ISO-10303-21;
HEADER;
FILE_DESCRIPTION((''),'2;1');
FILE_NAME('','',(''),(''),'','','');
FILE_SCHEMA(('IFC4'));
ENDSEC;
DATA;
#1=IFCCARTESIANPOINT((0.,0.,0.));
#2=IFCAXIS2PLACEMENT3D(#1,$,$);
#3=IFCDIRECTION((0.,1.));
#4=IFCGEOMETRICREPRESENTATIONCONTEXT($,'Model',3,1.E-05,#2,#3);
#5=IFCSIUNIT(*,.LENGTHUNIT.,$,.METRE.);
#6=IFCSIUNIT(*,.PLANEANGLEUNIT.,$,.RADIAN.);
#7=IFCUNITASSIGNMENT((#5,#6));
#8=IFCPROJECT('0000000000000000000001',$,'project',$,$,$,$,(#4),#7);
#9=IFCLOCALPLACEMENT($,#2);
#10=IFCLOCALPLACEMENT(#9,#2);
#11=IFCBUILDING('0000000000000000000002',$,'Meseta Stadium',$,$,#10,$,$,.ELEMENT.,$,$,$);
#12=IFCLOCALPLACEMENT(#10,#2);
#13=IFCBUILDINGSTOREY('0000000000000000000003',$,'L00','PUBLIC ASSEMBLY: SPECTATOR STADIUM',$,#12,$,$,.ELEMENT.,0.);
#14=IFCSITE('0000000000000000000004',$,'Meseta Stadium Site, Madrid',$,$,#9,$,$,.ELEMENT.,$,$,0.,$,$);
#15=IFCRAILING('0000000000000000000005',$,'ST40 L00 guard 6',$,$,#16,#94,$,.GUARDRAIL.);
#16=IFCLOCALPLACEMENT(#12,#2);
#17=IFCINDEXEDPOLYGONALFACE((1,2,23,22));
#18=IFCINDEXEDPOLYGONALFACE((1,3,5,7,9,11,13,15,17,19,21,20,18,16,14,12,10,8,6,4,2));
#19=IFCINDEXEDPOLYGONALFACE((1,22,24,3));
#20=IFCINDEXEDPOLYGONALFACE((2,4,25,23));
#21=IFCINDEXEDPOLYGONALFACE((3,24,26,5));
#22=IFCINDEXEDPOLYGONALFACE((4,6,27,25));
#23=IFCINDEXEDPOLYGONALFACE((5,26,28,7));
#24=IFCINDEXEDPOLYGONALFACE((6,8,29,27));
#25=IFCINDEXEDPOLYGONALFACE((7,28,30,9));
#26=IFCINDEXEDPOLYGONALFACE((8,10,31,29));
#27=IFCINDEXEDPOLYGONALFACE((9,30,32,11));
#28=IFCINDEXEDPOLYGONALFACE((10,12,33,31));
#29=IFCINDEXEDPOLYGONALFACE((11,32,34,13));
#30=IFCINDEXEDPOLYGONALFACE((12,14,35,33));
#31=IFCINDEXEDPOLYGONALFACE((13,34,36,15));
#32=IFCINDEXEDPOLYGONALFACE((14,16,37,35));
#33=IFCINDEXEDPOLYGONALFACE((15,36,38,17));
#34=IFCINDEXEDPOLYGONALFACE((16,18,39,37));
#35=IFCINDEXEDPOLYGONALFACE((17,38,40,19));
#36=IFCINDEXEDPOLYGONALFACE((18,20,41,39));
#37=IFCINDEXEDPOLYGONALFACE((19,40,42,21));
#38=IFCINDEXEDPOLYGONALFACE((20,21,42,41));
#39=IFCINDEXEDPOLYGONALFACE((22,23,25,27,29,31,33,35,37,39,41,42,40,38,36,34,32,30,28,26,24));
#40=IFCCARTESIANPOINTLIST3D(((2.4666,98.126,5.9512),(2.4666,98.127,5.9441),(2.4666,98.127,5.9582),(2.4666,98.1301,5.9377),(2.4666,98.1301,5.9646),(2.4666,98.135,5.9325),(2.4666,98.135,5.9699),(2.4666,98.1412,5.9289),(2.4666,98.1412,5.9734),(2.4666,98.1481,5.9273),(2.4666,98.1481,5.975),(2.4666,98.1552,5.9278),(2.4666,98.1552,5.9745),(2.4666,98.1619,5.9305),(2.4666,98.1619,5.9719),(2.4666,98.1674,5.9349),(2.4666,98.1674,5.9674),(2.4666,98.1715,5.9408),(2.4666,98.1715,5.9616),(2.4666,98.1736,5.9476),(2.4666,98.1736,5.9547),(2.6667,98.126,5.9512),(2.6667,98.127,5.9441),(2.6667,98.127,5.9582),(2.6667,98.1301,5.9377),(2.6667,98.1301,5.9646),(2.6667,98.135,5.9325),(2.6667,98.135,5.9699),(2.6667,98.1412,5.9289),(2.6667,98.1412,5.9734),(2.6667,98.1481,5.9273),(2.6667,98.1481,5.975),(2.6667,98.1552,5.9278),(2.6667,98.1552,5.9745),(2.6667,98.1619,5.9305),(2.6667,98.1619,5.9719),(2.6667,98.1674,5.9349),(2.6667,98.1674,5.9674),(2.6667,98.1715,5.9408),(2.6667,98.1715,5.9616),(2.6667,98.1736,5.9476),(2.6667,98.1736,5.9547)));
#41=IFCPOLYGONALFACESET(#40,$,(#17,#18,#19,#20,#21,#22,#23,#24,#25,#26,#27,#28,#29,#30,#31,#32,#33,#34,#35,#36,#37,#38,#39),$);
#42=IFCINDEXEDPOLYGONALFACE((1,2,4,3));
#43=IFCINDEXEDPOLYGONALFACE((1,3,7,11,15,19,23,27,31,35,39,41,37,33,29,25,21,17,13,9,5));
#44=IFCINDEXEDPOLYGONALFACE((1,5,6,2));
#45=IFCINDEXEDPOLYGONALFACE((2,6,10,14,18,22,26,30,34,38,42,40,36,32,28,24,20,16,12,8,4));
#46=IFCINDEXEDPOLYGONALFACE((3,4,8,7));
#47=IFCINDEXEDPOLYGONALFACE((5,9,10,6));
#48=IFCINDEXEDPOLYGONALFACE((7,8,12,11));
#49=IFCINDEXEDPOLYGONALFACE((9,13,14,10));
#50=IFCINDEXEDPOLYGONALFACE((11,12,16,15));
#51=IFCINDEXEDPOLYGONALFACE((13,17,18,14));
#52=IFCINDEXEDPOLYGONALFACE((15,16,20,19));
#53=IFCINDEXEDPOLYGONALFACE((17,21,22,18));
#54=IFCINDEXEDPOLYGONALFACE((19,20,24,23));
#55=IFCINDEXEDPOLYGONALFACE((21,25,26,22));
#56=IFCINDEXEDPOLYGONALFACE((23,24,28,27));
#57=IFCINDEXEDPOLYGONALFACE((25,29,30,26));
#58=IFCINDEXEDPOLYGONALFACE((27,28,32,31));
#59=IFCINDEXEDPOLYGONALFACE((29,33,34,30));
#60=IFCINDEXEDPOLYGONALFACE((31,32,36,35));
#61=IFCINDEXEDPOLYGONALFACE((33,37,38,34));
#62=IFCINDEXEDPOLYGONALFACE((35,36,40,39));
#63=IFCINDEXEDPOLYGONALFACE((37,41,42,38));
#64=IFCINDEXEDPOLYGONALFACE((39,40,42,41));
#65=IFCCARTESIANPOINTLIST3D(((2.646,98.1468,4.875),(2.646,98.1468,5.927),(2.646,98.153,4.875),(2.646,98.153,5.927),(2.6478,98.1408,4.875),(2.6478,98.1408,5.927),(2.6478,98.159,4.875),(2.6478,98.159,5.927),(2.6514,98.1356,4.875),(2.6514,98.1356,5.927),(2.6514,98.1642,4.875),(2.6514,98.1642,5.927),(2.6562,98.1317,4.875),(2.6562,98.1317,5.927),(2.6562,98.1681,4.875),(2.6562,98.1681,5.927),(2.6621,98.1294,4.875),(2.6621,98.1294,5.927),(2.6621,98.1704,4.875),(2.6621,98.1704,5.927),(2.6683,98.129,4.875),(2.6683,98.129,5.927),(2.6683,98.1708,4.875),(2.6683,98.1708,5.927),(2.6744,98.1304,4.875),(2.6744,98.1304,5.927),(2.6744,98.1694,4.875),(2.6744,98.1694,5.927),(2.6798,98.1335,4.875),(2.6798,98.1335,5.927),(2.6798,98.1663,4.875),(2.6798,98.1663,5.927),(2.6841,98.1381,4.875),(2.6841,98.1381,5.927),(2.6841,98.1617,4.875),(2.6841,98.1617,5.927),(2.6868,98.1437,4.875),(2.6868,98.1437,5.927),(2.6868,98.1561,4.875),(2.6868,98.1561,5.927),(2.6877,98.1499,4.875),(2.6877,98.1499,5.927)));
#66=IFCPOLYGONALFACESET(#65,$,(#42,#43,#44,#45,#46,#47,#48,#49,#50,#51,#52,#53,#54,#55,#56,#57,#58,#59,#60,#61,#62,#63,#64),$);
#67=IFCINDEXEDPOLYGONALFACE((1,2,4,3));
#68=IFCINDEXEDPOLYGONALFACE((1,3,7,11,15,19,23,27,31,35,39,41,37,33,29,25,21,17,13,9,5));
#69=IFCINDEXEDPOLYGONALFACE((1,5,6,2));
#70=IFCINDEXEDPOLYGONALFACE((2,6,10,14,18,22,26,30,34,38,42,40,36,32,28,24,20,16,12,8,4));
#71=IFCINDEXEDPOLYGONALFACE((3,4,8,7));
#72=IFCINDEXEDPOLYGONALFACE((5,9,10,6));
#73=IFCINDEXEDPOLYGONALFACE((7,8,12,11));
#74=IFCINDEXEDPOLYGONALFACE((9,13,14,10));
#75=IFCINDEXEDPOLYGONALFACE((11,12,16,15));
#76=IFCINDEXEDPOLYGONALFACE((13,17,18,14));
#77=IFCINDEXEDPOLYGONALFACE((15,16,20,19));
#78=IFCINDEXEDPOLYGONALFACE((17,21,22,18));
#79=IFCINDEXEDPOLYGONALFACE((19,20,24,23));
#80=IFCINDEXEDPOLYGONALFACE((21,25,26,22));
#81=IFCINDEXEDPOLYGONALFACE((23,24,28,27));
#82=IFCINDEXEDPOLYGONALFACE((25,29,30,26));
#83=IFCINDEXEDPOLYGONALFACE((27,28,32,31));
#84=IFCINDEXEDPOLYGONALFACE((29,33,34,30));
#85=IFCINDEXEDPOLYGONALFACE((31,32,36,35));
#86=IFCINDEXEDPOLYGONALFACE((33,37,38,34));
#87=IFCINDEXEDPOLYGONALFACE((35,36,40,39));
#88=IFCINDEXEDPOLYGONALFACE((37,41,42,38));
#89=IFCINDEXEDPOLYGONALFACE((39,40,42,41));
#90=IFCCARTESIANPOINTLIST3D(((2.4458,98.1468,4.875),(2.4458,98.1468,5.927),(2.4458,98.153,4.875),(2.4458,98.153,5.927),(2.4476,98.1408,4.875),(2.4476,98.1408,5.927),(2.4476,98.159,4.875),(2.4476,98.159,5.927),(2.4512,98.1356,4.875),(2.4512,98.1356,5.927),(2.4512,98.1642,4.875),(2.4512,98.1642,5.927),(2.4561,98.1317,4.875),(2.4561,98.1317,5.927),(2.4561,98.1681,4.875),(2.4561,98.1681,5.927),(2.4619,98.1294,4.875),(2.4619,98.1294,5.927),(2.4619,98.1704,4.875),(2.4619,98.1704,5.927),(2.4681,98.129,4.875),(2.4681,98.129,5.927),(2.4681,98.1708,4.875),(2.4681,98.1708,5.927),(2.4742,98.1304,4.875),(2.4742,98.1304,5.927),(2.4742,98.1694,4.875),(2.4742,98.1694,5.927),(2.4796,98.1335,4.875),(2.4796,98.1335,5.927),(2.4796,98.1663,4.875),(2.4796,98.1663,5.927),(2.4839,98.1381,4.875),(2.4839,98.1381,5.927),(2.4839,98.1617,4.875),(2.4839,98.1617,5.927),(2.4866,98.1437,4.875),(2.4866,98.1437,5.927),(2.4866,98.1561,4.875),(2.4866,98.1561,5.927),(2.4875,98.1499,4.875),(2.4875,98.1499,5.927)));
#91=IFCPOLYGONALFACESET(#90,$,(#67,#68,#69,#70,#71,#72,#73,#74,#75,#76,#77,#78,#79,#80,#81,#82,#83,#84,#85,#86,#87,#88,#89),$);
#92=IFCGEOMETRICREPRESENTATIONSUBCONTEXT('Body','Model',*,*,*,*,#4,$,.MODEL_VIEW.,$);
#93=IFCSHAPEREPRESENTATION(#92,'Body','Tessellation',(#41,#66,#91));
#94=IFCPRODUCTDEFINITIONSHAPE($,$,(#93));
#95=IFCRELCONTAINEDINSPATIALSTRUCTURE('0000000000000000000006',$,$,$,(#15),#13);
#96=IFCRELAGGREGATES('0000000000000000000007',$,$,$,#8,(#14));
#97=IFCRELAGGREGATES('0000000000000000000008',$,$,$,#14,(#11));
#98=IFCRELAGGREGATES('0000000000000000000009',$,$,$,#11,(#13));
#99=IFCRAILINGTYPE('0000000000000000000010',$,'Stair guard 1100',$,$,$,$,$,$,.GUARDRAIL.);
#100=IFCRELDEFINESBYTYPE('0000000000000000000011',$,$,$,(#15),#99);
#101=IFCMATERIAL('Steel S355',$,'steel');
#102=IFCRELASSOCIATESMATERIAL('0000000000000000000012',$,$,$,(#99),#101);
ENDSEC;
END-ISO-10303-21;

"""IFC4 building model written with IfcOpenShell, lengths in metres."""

from ifc_helpers import new_model, si_unit, direction, frame, origin, origin_2d, place, context, subcontext, project, spatial, circle, extrude, material, type_object, element, save


model = new_model("IFC4")

# Units and contexts
model_context = context("Model", 3, precision=1e-05, world=origin(), true_north=direction((0.0, 1.0)))
body_context = subcontext(model_context, "Body", "Model", "MODEL_VIEW")
ifc_project = project(units=[si_unit("LENGTHUNIT", "METRE"), si_unit("PLANEANGLEUNIT", "RADIAN")], contexts=[model_context])

# Site, building, storey
site_placement = place(None, origin())
site = spatial("IfcSite", under=ifc_project, at=site_placement, Name="Meseta Stadium Site, Madrid", CompositionType="ELEMENT", RefElevation=0.0)
building_placement = place(site_placement, origin())
building = spatial("IfcBuilding", under=site, at=building_placement, Name="Meseta Stadium", CompositionType="ELEMENT")
storey_placement = place(building_placement, origin())
storey = spatial("IfcBuildingStorey", under=building, at=storey_placement, Name="L00", Description="PUBLIC ASSEMBLY: SPECTATOR STADIUM", CompositionType="ELEMENT", Elevation=0.0)

# Railing
ifc_material_1 = material(Name="Steel S355", Category="steel")
railing_type_1 = type_object("IfcRailingType", Name="Stair guard 1100", PredefinedType="GUARDRAIL", material=ifc_material_1)
railing_1_placement = place(storey_placement, frame((2.6667, 98.1499, 4.875)))
element("IfcRailing", 1, at=railing_1_placement, inside=storey, type_object=railing_type_1, Name="ST40 L00 guard 6", PredefinedType="GUARDRAIL", context=body_context, shape_type="SweptSolid", body=[
    extrude(circle(Radius=0.0239, at=origin_2d()), frame((0.0, 0.0, 1.0762), z_axis=(-1.0, 0.0, 0.0), x_axis=(0.0, -1.0, 0.0)), (0.0, 0.0, 1.0), 0.2002),
    extrude(circle(Radius=0.021, at=origin_2d()), origin(), (0.0, 0.0, 1.0), 1.052),
    extrude(circle(Radius=0.021, at=origin_2d()), frame((-0.2002, 0.0, 0.0)), (0.0, 0.0, 1.0), 1.052),
])

save(model, "model.ifc")
